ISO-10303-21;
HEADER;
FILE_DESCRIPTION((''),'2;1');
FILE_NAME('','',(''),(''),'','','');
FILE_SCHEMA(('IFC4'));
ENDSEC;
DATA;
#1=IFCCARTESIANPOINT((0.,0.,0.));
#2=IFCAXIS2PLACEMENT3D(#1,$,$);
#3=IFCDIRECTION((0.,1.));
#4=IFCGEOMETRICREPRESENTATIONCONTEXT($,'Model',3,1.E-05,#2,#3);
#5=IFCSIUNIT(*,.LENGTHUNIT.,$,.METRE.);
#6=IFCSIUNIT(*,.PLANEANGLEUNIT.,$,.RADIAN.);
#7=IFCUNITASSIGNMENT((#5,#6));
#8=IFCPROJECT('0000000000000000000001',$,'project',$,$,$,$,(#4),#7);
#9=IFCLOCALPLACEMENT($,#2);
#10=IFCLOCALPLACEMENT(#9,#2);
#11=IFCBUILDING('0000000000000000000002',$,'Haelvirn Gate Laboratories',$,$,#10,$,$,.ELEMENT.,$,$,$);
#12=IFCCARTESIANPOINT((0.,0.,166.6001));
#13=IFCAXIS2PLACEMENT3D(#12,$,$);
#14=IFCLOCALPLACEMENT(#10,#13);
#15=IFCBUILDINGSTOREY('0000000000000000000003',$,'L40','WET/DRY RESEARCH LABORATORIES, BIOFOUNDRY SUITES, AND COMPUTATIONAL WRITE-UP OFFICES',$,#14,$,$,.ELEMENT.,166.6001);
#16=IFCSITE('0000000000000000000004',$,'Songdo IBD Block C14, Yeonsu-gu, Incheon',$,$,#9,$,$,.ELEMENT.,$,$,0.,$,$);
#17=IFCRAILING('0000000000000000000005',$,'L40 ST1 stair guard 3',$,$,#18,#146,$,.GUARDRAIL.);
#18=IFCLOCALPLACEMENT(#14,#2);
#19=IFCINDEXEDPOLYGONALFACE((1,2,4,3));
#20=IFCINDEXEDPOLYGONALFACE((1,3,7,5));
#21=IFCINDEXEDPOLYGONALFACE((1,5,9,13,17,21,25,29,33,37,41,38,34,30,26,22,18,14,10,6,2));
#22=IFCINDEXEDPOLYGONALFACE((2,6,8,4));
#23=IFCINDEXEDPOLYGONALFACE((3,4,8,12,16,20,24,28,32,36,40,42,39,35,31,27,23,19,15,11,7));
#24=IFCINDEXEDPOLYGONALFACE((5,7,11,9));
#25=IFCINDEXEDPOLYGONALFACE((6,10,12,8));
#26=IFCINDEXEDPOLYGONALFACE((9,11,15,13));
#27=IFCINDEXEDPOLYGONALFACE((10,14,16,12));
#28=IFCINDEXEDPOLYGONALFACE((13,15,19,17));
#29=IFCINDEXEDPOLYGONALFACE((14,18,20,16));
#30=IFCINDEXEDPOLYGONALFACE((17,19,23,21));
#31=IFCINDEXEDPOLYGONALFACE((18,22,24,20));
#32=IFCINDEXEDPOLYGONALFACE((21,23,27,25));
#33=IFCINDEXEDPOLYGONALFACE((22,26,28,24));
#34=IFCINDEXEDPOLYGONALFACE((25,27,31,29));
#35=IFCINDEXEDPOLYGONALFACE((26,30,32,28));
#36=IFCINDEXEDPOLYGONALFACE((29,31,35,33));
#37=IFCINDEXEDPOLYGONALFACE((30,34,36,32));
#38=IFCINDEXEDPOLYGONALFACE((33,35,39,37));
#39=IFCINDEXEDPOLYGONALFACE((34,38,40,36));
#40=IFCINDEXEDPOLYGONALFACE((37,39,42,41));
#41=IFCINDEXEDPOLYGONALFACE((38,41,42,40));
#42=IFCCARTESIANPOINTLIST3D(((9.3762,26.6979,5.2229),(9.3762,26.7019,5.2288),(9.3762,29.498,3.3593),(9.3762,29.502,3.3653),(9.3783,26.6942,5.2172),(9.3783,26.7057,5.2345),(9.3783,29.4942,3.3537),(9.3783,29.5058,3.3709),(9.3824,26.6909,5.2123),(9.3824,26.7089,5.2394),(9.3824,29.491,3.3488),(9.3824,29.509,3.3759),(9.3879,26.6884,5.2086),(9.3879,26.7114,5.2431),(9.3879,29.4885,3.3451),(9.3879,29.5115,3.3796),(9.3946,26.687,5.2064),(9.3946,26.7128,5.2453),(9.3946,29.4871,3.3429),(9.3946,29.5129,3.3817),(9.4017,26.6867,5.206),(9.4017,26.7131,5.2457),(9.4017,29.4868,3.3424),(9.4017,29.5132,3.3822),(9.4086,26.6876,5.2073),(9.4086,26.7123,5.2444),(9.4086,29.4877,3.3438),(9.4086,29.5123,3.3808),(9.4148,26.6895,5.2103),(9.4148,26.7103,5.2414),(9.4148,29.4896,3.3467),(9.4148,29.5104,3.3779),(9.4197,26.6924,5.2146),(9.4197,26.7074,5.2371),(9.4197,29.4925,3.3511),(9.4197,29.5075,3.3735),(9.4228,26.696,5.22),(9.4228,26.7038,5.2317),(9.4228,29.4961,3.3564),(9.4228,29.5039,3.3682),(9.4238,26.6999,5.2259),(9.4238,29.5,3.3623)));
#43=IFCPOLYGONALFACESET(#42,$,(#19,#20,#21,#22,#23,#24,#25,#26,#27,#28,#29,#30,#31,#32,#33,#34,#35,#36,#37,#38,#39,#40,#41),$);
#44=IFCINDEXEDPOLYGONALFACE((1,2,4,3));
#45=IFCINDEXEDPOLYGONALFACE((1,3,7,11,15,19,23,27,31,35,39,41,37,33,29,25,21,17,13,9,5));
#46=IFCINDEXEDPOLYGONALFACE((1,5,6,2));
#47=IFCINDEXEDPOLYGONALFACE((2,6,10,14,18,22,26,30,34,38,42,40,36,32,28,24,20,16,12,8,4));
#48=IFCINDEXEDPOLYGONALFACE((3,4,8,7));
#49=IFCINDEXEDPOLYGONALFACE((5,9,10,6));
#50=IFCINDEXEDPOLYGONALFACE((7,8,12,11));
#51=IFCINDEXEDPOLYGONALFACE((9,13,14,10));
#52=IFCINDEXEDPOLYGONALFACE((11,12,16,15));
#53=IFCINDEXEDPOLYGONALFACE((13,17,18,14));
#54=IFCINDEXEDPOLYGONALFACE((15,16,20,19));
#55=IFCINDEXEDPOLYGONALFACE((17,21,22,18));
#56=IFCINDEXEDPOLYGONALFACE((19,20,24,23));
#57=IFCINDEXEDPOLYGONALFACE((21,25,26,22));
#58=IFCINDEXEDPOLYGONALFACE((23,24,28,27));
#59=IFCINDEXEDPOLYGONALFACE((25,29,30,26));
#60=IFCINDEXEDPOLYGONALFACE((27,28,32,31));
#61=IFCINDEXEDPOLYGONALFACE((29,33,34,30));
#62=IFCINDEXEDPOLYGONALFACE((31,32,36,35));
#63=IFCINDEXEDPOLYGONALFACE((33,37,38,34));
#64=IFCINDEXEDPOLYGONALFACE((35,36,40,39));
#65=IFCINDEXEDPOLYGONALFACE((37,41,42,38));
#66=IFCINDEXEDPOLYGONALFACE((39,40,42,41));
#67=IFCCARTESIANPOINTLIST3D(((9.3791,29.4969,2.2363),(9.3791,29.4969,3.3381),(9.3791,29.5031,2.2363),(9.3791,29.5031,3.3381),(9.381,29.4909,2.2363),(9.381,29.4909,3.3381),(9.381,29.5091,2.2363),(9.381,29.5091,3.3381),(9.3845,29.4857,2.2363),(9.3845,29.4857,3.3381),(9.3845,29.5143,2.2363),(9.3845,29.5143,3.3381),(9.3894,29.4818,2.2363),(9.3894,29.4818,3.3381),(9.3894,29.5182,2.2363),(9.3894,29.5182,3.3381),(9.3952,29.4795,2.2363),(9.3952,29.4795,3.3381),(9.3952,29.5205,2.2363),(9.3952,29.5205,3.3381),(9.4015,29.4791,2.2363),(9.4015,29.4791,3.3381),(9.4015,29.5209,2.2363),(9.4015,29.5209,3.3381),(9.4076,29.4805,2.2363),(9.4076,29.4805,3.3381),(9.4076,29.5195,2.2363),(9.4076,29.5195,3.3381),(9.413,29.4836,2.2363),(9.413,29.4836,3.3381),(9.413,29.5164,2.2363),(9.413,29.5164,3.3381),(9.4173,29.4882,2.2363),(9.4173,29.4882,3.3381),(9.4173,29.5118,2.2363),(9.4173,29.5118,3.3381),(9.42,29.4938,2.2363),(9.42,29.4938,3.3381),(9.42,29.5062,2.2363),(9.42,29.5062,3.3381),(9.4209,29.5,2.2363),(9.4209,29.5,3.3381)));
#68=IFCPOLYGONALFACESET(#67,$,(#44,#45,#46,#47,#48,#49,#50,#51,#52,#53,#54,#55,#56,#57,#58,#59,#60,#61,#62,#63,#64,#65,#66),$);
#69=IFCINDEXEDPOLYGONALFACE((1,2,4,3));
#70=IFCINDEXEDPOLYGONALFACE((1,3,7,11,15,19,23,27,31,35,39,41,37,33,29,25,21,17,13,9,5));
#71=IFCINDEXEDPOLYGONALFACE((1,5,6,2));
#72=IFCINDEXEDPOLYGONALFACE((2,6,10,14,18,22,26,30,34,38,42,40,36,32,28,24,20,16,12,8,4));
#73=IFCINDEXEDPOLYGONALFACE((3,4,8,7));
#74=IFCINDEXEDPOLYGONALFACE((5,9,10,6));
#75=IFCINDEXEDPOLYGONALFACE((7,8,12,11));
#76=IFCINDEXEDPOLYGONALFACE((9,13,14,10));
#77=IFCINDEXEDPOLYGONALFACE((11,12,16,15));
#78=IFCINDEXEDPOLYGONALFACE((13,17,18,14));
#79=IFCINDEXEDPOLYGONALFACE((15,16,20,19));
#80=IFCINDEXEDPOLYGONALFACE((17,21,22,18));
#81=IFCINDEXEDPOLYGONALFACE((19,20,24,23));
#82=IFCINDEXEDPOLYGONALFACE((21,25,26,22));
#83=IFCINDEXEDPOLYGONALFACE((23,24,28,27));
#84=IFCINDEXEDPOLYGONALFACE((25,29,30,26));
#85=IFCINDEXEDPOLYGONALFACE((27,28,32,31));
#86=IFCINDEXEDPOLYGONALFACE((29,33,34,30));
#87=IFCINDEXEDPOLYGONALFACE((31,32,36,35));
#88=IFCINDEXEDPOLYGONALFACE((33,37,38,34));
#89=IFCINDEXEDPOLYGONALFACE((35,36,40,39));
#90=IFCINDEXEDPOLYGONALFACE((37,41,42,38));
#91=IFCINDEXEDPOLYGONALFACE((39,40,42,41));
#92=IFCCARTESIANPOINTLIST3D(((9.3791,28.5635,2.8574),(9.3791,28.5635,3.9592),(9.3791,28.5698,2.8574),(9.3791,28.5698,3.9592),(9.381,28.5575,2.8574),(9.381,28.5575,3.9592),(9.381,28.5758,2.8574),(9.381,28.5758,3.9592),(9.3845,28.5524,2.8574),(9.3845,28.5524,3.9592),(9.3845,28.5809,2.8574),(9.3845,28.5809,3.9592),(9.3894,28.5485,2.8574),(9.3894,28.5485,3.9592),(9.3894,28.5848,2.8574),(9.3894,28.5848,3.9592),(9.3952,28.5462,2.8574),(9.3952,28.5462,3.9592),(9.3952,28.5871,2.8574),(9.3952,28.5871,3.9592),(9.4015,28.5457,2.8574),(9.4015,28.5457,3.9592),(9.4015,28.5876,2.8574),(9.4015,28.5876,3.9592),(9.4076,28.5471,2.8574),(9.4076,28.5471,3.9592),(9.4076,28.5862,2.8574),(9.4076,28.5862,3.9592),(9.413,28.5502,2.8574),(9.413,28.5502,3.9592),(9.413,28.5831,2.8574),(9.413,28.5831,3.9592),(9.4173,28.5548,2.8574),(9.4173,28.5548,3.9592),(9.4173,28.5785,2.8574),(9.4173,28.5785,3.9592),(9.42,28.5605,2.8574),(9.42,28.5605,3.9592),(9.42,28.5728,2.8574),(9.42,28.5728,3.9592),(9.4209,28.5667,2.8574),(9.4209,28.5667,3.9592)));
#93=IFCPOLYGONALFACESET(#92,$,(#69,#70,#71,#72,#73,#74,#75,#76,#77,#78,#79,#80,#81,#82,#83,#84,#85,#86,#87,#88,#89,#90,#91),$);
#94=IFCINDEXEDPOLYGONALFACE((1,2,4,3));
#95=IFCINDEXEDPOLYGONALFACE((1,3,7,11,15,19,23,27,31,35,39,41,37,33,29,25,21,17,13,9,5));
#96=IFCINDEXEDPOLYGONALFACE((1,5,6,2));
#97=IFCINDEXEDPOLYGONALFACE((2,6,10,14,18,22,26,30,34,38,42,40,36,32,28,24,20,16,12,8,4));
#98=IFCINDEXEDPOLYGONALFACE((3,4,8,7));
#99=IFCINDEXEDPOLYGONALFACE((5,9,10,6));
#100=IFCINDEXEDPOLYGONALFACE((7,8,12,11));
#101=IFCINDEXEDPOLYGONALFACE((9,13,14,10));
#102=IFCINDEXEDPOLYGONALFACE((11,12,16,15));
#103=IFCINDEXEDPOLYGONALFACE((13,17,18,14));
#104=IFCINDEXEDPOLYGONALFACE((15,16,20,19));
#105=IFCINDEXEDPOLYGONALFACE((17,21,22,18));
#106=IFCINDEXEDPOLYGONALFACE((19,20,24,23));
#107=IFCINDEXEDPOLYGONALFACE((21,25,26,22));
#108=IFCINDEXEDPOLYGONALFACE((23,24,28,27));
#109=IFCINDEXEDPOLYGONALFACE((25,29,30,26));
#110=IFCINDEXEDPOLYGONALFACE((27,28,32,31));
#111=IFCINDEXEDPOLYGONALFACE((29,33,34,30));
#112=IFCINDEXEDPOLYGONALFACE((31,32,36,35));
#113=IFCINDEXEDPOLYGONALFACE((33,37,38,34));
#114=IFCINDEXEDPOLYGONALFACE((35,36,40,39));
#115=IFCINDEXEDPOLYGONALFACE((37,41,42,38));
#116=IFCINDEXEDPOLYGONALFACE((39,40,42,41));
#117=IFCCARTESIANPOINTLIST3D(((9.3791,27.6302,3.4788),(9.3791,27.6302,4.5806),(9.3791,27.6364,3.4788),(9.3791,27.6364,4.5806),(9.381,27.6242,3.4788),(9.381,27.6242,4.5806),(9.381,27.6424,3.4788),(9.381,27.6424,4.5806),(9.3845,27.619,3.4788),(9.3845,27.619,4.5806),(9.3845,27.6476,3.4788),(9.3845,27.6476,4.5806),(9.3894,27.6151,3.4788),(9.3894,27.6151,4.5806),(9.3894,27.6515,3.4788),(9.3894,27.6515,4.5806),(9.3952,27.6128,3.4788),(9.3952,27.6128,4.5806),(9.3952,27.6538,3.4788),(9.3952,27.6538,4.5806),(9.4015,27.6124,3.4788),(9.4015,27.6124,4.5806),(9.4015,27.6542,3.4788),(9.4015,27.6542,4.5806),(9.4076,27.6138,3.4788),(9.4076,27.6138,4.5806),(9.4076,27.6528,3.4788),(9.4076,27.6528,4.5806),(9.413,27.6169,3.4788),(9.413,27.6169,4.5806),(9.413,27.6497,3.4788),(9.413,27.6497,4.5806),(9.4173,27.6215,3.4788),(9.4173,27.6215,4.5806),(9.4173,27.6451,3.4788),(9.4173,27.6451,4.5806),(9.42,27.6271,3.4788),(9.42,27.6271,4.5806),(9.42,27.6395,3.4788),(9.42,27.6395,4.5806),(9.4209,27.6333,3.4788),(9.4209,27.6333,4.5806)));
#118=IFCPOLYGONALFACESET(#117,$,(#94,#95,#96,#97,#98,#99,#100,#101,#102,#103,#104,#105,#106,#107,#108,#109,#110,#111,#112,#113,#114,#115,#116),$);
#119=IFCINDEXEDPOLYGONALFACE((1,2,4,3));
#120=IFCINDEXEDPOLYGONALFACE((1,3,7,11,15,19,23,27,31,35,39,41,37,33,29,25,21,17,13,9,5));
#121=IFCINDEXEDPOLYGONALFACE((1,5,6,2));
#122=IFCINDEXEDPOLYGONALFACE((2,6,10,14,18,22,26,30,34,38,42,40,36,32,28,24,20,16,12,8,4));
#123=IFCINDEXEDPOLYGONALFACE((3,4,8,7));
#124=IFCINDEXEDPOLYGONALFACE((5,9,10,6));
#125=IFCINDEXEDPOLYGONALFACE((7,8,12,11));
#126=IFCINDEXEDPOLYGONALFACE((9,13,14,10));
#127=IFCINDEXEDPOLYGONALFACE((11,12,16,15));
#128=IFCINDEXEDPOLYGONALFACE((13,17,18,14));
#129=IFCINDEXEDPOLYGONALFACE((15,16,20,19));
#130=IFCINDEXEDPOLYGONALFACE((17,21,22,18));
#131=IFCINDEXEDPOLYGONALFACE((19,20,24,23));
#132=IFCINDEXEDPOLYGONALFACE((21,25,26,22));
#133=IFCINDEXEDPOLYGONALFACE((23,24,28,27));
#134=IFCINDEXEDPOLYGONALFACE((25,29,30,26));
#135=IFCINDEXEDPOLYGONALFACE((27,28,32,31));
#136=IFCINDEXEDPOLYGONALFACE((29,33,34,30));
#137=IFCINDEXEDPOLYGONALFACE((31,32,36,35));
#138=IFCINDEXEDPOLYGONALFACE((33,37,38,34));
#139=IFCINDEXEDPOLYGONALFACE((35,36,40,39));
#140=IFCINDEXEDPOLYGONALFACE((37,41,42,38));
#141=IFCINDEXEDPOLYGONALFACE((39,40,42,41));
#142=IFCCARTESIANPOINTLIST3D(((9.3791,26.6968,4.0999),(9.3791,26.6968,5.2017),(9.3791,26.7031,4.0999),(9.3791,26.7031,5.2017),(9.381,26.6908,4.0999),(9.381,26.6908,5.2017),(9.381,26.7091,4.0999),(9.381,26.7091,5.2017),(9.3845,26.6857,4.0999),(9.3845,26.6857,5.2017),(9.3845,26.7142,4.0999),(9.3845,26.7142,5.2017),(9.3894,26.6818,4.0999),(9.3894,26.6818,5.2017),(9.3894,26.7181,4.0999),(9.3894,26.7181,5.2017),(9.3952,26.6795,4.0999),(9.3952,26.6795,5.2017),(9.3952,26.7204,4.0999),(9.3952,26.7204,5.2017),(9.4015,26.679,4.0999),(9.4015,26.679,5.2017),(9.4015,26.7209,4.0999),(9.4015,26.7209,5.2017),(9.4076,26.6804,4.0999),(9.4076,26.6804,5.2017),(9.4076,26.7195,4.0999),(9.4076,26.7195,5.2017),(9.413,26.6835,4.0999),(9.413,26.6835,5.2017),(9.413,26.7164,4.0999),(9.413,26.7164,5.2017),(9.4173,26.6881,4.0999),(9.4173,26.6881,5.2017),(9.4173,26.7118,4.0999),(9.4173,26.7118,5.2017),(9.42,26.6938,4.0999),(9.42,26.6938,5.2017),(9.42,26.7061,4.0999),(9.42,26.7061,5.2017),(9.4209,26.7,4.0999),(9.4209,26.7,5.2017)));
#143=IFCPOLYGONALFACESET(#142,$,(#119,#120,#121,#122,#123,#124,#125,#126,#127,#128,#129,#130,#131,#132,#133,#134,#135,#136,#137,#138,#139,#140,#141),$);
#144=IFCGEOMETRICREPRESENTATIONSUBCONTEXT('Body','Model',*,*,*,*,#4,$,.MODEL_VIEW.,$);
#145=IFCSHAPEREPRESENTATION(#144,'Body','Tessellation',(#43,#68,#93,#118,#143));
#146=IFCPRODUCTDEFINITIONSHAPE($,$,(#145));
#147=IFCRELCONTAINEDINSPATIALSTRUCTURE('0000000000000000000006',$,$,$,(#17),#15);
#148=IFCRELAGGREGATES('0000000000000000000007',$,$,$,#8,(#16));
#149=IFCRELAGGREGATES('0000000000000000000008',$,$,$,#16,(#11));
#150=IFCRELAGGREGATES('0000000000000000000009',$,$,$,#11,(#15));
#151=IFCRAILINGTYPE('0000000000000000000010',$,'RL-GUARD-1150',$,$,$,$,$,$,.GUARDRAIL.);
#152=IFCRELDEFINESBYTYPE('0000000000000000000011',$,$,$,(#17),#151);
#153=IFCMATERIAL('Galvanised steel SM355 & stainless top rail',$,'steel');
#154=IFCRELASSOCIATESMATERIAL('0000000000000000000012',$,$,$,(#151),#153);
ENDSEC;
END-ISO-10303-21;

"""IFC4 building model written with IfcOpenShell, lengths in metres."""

from ifc_helpers import new_model, si_unit, direction, frame, origin, origin_2d, place, context, subcontext, project, spatial, circle, extrude, source, transform, mapped, material, type_object, element, save


model = new_model("IFC4")

# Units and contexts
model_context = context("Model", 3, precision=1e-05, world=origin(), true_north=direction((0.0, 1.0)))
body_context = subcontext(model_context, "Body", "Model", "MODEL_VIEW")
ifc_project = project(units=[si_unit("LENGTHUNIT", "METRE"), si_unit("PLANEANGLEUNIT", "RADIAN")], contexts=[model_context])

# Site, building, storey
site_placement = place(None, origin())
site = spatial("IfcSite", under=ifc_project, at=site_placement, Name="Songdo IBD Block C14, Yeonsu-gu, Incheon", CompositionType="ELEMENT", RefElevation=0.0)
building_placement = place(site_placement, origin())
building = spatial("IfcBuilding", under=site, at=building_placement, Name="Haelvirn Gate Laboratories", CompositionType="ELEMENT")
storey_placement = place(building_placement, frame((0.0, 0.0, 166.6001)))
storey = spatial("IfcBuildingStorey", under=building, at=storey_placement, Name="L40", Description="WET/DRY RESEARCH LABORATORIES, BIOFOUNDRY SUITES, AND COMPUTATIONAL WRITE-UP OFFICES", CompositionType="ELEMENT", Elevation=166.6001)

# Railing
ifc_material_1 = material(Name="Galvanised steel SM355 & stainless top rail", Category="steel")
railing_type_1 = type_object("IfcRailingType", Name="RL-GUARD-1150", PredefinedType="GUARDRAIL", material=ifc_material_1)
shared_shape_1 = source(origin(), body_context, "Body", "SweptSolid", [
    extrude(circle(Radius=0.0239, at=origin_2d()), frame((0.0, 0.0, 1.126), z_axis=(0.0, -0.832486, 0.554047), x_axis=(1.0, 0.0, 0.0)), (0.0, 0.0, 1.0), 3.3635),
    extrude(circle(Radius=0.021, at=origin_2d()), origin(), (0.0, 0.0, 1.0), 1.1018),
    extrude(circle(Radius=0.021, at=origin_2d()), frame((0.0, -0.9333, 0.6211)), (0.0, 0.0, 1.0), 1.1018),
    extrude(circle(Radius=0.021, at=origin_2d()), frame((0.0, -1.8667, 1.2424)), (0.0, 0.0, 1.0), 1.1018),
    extrude(circle(Radius=0.021, at=origin_2d()), frame((0.0, -2.8, 1.8635)), (0.0, 0.0, 1.0), 1.1018),
])
railing_1_placement = place(storey_placement, frame((9.3999, 29.5, 2.2363)))
element("IfcRailing", 1, at=railing_1_placement, inside=storey, type_object=railing_type_1, Name="L40 ST1 stair guard 3", PredefinedType="GUARDRAIL", context=body_context, shape_type="MappedRepresentation", body=[
    mapped(shared_shape_1, transform((0.0, 0.0, 0.0), scale=1.0)),
])

save(model, "model.ifc")
